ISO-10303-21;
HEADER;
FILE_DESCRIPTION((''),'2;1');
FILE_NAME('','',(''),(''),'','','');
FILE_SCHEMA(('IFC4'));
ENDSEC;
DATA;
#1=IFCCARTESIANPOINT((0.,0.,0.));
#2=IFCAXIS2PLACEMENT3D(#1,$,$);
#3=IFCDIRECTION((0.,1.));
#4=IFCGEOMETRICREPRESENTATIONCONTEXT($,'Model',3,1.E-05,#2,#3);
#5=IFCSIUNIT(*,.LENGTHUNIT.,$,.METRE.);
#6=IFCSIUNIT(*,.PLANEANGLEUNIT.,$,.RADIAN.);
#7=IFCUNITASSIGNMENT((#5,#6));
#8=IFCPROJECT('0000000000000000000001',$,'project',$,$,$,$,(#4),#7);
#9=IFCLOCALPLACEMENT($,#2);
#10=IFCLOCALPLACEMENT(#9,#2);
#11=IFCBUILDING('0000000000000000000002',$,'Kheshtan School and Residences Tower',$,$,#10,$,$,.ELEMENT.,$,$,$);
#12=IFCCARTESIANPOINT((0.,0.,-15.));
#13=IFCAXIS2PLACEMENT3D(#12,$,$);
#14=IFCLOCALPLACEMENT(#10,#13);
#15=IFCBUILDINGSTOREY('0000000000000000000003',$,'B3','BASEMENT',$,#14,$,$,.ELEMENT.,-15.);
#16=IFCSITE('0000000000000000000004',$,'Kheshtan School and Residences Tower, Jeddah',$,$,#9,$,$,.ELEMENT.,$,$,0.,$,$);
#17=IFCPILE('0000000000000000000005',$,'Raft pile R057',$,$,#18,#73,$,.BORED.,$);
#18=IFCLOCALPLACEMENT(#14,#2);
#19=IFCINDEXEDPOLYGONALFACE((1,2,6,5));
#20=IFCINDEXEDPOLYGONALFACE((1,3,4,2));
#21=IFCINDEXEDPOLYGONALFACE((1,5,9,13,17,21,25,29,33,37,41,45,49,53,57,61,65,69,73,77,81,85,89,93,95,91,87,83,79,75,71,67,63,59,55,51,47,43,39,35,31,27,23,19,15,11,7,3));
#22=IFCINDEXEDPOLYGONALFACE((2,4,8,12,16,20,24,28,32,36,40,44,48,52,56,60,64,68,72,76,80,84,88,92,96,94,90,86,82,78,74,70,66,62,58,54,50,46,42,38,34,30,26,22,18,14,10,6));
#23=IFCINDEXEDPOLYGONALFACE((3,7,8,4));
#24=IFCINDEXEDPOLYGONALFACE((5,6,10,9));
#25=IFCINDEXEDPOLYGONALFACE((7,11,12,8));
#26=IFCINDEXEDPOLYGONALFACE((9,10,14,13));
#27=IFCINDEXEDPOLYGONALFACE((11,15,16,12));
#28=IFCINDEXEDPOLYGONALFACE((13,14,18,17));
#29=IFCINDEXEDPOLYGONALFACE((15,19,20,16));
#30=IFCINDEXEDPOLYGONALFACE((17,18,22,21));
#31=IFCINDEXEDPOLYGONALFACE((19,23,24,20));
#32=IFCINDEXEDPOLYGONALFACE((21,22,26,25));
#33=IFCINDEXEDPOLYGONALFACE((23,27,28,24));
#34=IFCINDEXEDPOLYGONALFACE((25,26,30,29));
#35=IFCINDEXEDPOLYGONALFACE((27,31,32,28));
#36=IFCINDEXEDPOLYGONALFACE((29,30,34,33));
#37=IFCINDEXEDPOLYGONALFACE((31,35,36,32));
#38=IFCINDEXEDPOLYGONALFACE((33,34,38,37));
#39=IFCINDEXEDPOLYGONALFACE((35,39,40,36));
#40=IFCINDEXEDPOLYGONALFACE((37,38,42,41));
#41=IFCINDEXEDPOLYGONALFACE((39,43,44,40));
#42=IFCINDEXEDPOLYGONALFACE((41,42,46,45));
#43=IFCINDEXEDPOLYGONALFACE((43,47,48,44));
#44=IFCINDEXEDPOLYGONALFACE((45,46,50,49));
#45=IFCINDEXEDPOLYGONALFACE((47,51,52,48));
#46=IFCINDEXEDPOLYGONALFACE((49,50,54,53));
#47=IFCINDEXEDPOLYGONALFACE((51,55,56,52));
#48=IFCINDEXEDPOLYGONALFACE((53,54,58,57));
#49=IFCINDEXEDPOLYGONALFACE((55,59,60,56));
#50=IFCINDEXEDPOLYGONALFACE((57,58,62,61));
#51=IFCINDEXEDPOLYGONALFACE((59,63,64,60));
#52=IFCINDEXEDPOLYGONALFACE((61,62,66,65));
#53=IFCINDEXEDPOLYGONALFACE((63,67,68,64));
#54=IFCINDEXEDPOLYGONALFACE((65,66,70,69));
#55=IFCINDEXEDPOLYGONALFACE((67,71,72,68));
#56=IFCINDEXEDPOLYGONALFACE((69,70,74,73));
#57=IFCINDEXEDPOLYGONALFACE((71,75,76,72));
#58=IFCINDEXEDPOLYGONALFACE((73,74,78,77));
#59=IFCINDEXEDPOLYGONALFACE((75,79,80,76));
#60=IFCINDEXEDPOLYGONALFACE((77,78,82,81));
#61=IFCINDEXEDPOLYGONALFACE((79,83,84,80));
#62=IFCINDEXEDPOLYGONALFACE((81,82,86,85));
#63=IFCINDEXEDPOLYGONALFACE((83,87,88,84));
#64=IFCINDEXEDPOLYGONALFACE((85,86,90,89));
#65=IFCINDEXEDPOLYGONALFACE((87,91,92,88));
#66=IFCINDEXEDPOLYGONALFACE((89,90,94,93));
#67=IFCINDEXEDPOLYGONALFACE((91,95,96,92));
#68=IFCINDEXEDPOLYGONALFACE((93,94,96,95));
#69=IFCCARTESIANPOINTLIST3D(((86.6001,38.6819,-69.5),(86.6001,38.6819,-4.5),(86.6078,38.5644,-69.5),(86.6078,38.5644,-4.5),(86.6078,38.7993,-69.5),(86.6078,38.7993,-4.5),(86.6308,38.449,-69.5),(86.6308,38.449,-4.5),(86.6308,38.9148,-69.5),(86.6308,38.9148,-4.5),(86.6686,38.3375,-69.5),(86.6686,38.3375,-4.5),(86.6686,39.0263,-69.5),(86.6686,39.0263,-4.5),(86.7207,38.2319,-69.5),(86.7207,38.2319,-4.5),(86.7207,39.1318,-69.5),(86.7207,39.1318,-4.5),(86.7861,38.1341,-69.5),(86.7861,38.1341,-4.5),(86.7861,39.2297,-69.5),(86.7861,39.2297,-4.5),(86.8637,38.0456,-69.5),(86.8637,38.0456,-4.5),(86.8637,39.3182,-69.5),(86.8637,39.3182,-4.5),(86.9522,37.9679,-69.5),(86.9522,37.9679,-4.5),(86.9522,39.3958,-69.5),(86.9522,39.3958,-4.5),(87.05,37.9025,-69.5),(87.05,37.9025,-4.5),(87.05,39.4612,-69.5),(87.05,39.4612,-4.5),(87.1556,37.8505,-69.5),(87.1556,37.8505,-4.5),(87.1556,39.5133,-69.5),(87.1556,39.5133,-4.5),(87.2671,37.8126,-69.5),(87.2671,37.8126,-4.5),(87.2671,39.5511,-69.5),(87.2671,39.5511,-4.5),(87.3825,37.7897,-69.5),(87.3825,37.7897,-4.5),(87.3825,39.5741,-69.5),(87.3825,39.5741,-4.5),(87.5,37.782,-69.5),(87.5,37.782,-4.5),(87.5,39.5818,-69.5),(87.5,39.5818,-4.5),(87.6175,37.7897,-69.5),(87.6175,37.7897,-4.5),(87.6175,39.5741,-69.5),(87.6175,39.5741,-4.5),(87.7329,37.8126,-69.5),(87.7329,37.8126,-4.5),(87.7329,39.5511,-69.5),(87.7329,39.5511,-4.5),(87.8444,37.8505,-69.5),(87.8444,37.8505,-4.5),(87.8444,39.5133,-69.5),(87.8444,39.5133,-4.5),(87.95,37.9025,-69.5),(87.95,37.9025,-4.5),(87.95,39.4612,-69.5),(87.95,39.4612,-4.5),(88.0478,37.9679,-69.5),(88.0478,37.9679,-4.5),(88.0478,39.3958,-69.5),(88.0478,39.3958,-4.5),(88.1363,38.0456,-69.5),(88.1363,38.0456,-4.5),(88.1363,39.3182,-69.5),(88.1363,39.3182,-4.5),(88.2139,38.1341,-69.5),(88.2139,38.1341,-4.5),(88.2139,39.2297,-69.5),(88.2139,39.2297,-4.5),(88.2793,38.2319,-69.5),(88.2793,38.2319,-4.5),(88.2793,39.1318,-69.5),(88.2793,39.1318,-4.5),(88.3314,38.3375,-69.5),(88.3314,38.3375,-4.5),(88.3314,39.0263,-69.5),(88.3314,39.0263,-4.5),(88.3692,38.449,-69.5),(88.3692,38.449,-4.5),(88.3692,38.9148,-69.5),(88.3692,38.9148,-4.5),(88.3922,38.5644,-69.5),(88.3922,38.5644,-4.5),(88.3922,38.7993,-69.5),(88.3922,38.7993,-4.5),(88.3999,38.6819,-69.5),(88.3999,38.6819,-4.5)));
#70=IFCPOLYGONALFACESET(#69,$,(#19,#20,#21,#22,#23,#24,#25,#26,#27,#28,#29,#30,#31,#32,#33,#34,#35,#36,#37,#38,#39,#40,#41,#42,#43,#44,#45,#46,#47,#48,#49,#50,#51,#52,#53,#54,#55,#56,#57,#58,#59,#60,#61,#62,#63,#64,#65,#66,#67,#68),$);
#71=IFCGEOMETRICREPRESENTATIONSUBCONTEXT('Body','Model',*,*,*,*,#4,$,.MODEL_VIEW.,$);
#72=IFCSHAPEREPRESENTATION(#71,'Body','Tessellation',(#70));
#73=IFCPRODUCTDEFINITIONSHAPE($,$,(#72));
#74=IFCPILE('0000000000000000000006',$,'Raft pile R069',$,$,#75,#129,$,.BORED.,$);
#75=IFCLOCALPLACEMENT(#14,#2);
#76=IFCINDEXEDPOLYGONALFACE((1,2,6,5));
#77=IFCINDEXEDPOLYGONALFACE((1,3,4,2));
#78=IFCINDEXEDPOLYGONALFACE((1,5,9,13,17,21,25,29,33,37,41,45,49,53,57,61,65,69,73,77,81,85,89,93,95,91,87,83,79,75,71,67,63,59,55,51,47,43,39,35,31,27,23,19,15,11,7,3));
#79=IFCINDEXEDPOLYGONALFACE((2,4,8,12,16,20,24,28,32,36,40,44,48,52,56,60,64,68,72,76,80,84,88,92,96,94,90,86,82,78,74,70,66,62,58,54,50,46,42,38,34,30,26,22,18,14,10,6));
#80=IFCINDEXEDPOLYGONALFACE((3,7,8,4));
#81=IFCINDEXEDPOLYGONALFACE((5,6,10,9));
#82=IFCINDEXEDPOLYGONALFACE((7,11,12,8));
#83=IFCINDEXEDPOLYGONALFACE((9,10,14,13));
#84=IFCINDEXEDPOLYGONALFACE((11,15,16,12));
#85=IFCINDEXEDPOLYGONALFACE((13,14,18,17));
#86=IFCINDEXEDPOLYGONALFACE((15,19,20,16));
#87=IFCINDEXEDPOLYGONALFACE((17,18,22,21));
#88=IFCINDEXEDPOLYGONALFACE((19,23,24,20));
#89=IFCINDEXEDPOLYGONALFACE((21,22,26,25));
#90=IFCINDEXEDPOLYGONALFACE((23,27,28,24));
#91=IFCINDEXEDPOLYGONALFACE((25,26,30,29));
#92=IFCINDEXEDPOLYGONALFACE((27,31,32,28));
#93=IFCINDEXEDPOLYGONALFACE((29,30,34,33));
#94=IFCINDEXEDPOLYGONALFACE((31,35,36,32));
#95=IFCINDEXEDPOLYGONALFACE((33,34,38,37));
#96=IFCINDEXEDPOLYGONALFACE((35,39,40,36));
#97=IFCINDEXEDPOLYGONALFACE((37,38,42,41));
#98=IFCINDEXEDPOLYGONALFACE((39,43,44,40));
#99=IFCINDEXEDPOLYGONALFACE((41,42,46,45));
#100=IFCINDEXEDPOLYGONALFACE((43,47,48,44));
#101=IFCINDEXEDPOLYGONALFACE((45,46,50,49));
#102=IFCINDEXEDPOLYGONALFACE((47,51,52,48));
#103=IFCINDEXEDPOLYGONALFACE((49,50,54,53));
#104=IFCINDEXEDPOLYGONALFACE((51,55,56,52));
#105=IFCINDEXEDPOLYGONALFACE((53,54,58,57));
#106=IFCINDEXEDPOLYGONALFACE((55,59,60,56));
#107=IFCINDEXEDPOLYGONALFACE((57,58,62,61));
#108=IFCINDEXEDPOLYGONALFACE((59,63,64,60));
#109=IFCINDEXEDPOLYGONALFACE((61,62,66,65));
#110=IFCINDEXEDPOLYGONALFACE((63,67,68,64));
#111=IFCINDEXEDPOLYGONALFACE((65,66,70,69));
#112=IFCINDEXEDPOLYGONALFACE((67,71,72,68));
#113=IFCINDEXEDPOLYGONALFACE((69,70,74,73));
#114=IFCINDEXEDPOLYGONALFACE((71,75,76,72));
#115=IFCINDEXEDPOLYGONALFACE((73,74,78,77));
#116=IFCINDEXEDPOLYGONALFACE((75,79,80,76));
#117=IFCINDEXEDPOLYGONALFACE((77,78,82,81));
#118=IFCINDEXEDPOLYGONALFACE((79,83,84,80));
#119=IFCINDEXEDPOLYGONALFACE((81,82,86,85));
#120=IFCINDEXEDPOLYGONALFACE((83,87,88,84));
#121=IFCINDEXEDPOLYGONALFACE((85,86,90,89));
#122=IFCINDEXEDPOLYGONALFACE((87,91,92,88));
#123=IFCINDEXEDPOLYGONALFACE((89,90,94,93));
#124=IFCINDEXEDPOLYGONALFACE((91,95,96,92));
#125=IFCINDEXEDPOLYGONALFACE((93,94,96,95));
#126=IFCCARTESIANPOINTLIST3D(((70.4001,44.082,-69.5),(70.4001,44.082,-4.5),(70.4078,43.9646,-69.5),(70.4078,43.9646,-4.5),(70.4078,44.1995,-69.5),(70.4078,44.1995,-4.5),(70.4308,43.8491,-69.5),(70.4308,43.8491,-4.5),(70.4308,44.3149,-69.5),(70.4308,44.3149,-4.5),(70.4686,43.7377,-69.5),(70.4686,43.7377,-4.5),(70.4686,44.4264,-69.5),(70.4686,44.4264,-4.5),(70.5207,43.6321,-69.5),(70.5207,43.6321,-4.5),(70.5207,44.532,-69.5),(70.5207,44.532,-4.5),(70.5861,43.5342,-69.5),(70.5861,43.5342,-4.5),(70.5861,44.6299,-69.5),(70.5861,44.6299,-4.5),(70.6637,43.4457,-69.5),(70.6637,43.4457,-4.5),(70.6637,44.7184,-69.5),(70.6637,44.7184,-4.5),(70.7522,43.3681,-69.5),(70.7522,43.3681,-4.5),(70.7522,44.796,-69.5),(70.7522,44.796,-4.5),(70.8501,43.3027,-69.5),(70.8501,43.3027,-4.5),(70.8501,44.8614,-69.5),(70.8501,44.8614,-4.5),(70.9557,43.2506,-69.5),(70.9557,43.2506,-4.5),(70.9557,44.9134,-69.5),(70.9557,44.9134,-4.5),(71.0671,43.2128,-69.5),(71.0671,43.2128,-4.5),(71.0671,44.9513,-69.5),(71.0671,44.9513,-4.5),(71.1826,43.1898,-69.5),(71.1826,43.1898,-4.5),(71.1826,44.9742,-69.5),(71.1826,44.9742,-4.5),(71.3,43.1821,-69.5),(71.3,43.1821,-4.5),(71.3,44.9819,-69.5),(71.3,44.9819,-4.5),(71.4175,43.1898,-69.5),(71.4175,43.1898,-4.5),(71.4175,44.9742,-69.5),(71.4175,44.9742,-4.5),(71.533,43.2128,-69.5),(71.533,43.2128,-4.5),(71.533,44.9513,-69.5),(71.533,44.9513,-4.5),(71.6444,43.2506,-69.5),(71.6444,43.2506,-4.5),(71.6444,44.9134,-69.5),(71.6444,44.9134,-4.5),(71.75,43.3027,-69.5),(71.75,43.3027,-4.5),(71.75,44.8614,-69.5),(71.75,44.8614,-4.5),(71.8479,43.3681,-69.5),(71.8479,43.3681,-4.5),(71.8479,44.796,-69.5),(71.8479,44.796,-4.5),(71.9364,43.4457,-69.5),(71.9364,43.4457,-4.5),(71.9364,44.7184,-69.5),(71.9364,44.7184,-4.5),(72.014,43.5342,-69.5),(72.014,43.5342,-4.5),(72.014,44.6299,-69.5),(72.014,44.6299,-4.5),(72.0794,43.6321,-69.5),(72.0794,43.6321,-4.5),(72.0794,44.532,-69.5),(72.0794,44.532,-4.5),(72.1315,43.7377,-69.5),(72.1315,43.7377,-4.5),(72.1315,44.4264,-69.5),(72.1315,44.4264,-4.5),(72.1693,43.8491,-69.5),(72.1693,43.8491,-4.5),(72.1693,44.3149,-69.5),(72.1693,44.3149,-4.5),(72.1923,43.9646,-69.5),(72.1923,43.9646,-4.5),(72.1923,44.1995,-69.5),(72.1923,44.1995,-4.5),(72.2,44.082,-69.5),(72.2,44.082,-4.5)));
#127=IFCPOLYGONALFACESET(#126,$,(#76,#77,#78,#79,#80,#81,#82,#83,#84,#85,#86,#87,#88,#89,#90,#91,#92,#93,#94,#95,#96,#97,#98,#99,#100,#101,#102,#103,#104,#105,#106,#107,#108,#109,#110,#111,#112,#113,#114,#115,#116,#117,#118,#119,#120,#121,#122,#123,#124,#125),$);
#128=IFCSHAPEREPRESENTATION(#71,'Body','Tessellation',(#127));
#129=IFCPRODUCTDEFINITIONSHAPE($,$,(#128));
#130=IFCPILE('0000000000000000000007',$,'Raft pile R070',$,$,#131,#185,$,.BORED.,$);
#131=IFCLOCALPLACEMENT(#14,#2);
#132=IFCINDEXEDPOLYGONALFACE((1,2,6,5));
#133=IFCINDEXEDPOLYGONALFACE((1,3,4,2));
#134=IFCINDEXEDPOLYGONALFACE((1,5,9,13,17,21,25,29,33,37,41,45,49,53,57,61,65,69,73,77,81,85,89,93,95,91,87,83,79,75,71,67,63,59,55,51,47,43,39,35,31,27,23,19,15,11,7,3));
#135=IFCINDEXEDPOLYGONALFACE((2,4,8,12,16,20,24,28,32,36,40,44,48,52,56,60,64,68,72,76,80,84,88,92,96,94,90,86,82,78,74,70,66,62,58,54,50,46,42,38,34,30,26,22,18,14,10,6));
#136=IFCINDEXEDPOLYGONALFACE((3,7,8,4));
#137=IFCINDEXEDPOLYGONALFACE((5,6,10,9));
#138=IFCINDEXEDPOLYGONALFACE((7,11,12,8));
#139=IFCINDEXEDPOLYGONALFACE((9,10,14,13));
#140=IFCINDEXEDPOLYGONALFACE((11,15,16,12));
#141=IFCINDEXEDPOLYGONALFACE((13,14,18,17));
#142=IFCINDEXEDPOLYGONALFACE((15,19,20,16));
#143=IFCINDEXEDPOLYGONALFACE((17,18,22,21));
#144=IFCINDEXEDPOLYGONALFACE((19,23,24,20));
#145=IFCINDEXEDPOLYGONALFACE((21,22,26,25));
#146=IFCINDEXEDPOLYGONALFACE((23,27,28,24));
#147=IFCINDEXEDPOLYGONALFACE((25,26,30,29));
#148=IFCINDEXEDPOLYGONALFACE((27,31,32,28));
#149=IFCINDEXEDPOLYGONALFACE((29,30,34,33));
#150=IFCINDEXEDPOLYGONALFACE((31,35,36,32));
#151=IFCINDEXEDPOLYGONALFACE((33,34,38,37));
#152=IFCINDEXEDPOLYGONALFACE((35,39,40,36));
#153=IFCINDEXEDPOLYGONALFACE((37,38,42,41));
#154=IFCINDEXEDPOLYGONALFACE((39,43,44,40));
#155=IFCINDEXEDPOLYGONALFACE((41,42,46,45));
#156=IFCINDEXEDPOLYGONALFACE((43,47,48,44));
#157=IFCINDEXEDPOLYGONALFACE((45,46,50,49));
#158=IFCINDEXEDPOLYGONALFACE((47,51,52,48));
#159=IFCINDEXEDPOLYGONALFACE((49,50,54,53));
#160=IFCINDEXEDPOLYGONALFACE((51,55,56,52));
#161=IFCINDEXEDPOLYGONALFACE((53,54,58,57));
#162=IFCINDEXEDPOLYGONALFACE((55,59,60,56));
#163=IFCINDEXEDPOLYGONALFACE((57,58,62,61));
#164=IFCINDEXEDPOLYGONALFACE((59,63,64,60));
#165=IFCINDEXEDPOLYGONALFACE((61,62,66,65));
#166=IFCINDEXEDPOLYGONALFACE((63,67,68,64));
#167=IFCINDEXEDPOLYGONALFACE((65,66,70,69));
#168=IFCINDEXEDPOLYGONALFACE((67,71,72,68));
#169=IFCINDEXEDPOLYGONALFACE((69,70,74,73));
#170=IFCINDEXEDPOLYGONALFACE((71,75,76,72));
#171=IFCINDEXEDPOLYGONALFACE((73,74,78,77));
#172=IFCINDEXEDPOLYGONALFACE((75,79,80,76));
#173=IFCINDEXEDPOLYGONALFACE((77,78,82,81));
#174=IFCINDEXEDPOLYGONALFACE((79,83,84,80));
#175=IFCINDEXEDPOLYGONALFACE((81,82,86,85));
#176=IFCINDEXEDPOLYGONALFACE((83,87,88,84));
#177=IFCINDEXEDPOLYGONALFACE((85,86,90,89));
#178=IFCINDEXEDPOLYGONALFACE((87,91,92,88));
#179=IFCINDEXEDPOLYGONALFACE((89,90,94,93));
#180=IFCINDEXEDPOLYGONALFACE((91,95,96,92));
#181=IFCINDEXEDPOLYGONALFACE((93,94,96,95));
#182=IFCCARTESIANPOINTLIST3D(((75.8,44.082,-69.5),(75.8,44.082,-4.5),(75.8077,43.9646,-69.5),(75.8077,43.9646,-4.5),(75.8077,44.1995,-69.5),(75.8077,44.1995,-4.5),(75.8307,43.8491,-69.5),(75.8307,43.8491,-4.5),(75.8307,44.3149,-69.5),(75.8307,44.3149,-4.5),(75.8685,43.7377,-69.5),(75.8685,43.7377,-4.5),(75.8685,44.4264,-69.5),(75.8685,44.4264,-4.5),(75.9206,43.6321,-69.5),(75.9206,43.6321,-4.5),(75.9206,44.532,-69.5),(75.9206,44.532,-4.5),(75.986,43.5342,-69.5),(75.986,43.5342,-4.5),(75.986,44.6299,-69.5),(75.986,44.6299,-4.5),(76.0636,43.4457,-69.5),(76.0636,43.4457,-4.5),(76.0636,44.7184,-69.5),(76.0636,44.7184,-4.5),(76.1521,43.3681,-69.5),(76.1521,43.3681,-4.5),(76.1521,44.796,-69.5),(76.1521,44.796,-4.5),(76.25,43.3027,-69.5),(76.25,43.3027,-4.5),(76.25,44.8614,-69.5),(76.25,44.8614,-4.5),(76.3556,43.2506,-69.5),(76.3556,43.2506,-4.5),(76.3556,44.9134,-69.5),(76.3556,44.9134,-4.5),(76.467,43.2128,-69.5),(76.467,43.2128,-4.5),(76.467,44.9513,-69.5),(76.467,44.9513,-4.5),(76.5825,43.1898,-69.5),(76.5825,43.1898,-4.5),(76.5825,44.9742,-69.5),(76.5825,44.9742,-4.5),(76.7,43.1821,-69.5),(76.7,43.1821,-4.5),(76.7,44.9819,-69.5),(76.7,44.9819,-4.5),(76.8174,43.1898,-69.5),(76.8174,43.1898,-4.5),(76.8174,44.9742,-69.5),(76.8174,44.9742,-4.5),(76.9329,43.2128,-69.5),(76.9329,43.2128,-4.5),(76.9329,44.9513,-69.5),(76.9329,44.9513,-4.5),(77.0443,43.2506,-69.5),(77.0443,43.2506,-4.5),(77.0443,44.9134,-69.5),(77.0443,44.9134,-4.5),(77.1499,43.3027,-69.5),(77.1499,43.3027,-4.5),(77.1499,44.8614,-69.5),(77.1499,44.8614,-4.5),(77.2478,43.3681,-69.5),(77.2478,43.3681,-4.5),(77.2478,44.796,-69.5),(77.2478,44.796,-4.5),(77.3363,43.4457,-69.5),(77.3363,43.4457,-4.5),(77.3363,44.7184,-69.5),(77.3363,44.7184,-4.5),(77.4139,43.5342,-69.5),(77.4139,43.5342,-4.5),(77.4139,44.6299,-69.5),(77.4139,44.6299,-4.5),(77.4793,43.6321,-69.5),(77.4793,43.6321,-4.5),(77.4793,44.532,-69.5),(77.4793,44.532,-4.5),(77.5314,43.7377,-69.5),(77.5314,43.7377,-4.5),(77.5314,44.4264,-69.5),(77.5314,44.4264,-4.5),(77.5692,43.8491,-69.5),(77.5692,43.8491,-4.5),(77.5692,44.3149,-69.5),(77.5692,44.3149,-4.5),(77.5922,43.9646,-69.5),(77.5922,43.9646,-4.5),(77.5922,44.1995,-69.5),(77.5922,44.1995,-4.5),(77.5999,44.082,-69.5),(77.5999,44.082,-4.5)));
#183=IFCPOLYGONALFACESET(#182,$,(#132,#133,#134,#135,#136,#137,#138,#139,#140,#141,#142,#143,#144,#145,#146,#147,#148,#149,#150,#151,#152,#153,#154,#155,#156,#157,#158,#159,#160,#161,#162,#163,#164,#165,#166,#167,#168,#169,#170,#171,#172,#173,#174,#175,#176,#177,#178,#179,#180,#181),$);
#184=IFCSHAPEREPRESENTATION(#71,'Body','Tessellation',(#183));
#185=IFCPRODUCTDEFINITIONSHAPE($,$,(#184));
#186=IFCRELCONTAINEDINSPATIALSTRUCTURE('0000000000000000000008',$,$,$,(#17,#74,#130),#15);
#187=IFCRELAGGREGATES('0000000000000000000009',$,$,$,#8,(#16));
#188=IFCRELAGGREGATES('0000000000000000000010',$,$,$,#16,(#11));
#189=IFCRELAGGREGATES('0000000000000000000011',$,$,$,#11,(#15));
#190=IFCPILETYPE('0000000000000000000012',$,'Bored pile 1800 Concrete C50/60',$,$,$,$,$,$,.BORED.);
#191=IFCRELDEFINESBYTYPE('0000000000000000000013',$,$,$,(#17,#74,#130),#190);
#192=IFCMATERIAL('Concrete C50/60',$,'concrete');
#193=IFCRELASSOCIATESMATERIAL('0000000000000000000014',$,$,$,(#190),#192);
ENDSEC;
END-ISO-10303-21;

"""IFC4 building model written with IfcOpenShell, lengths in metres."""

from ifc_helpers import new_model, si_unit, direction, frame, origin, origin_2d, place, context, subcontext, project, spatial, circle, extrude, material, material_profile, profile_set, type_object, element, save


model = new_model("IFC4")

# Units and contexts
model_context = context("Model", 3, precision=1e-05, world=origin(), true_north=direction((0.0, 1.0)))
body_context = subcontext(model_context, "Body", "Model", "MODEL_VIEW")
ifc_project = project(units=[si_unit("LENGTHUNIT", "METRE"), si_unit("PLANEANGLEUNIT", "RADIAN")], contexts=[model_context])

# Site, building, storey
site_placement = place(None, origin())
site = spatial("IfcSite", under=ifc_project, at=site_placement, Name="Kheshtan School and Residences Tower, Jeddah", CompositionType="ELEMENT", RefElevation=0.0)
building_placement = place(site_placement, origin())
building = spatial("IfcBuilding", under=site, at=building_placement, Name="Kheshtan School and Residences Tower", CompositionType="ELEMENT")
storey_placement = place(building_placement, frame((0.0, 0.0, -15.0)))
storey = spatial("IfcBuildingStorey", under=building, at=storey_placement, Name="B3", Description="BASEMENT", CompositionType="ELEMENT", Elevation=-15.0)

# Piles
ifc_material_1 = material(Name="Concrete C50/60", Category="concrete")
ifc_material_profile_1 = material_profile(ifc_material_1, circle(Radius=0.8999, at=origin_2d()), Name="BP 1800")
ifc_profile_set_1 = profile_set([ifc_material_profile_1], Name="Concrete C50/60")
pile_type_1 = type_object("IfcPileType", Name="Bored pile 1800 Concrete C50/60", PredefinedType="BORED", material=ifc_profile_set_1)
for number, where, z_axis, x_axis, name in (
    (1, (87.5, 38.6819, -4.5), (0.0, 0.0, -1.0), (1.0, 0.0, 0.0), "Raft pile R057"),
    (2, (71.3, 44.082, -4.5), (0.0, 0.0, -1.0), (1.0, 0.0, 0.0), "Raft pile R069"),
    (3, (76.7, 44.082, -4.5), (0.0, 0.0, -1.0), (1.0, 0.0, 0.0), "Raft pile R070"),
):
    element("IfcPile", number, at=place(storey_placement, frame(where, z_axis=z_axis, x_axis=x_axis)), inside=storey, type_object=pile_type_1, Name=name, PredefinedType="BORED", context=body_context, shape_type="SweptSolid", body=[
        extrude(circle(Radius=0.8999, at=origin_2d()), origin(), (0.0, 0.0, 1.0), 65.0),
    ])

save(model, "model.ifc")
